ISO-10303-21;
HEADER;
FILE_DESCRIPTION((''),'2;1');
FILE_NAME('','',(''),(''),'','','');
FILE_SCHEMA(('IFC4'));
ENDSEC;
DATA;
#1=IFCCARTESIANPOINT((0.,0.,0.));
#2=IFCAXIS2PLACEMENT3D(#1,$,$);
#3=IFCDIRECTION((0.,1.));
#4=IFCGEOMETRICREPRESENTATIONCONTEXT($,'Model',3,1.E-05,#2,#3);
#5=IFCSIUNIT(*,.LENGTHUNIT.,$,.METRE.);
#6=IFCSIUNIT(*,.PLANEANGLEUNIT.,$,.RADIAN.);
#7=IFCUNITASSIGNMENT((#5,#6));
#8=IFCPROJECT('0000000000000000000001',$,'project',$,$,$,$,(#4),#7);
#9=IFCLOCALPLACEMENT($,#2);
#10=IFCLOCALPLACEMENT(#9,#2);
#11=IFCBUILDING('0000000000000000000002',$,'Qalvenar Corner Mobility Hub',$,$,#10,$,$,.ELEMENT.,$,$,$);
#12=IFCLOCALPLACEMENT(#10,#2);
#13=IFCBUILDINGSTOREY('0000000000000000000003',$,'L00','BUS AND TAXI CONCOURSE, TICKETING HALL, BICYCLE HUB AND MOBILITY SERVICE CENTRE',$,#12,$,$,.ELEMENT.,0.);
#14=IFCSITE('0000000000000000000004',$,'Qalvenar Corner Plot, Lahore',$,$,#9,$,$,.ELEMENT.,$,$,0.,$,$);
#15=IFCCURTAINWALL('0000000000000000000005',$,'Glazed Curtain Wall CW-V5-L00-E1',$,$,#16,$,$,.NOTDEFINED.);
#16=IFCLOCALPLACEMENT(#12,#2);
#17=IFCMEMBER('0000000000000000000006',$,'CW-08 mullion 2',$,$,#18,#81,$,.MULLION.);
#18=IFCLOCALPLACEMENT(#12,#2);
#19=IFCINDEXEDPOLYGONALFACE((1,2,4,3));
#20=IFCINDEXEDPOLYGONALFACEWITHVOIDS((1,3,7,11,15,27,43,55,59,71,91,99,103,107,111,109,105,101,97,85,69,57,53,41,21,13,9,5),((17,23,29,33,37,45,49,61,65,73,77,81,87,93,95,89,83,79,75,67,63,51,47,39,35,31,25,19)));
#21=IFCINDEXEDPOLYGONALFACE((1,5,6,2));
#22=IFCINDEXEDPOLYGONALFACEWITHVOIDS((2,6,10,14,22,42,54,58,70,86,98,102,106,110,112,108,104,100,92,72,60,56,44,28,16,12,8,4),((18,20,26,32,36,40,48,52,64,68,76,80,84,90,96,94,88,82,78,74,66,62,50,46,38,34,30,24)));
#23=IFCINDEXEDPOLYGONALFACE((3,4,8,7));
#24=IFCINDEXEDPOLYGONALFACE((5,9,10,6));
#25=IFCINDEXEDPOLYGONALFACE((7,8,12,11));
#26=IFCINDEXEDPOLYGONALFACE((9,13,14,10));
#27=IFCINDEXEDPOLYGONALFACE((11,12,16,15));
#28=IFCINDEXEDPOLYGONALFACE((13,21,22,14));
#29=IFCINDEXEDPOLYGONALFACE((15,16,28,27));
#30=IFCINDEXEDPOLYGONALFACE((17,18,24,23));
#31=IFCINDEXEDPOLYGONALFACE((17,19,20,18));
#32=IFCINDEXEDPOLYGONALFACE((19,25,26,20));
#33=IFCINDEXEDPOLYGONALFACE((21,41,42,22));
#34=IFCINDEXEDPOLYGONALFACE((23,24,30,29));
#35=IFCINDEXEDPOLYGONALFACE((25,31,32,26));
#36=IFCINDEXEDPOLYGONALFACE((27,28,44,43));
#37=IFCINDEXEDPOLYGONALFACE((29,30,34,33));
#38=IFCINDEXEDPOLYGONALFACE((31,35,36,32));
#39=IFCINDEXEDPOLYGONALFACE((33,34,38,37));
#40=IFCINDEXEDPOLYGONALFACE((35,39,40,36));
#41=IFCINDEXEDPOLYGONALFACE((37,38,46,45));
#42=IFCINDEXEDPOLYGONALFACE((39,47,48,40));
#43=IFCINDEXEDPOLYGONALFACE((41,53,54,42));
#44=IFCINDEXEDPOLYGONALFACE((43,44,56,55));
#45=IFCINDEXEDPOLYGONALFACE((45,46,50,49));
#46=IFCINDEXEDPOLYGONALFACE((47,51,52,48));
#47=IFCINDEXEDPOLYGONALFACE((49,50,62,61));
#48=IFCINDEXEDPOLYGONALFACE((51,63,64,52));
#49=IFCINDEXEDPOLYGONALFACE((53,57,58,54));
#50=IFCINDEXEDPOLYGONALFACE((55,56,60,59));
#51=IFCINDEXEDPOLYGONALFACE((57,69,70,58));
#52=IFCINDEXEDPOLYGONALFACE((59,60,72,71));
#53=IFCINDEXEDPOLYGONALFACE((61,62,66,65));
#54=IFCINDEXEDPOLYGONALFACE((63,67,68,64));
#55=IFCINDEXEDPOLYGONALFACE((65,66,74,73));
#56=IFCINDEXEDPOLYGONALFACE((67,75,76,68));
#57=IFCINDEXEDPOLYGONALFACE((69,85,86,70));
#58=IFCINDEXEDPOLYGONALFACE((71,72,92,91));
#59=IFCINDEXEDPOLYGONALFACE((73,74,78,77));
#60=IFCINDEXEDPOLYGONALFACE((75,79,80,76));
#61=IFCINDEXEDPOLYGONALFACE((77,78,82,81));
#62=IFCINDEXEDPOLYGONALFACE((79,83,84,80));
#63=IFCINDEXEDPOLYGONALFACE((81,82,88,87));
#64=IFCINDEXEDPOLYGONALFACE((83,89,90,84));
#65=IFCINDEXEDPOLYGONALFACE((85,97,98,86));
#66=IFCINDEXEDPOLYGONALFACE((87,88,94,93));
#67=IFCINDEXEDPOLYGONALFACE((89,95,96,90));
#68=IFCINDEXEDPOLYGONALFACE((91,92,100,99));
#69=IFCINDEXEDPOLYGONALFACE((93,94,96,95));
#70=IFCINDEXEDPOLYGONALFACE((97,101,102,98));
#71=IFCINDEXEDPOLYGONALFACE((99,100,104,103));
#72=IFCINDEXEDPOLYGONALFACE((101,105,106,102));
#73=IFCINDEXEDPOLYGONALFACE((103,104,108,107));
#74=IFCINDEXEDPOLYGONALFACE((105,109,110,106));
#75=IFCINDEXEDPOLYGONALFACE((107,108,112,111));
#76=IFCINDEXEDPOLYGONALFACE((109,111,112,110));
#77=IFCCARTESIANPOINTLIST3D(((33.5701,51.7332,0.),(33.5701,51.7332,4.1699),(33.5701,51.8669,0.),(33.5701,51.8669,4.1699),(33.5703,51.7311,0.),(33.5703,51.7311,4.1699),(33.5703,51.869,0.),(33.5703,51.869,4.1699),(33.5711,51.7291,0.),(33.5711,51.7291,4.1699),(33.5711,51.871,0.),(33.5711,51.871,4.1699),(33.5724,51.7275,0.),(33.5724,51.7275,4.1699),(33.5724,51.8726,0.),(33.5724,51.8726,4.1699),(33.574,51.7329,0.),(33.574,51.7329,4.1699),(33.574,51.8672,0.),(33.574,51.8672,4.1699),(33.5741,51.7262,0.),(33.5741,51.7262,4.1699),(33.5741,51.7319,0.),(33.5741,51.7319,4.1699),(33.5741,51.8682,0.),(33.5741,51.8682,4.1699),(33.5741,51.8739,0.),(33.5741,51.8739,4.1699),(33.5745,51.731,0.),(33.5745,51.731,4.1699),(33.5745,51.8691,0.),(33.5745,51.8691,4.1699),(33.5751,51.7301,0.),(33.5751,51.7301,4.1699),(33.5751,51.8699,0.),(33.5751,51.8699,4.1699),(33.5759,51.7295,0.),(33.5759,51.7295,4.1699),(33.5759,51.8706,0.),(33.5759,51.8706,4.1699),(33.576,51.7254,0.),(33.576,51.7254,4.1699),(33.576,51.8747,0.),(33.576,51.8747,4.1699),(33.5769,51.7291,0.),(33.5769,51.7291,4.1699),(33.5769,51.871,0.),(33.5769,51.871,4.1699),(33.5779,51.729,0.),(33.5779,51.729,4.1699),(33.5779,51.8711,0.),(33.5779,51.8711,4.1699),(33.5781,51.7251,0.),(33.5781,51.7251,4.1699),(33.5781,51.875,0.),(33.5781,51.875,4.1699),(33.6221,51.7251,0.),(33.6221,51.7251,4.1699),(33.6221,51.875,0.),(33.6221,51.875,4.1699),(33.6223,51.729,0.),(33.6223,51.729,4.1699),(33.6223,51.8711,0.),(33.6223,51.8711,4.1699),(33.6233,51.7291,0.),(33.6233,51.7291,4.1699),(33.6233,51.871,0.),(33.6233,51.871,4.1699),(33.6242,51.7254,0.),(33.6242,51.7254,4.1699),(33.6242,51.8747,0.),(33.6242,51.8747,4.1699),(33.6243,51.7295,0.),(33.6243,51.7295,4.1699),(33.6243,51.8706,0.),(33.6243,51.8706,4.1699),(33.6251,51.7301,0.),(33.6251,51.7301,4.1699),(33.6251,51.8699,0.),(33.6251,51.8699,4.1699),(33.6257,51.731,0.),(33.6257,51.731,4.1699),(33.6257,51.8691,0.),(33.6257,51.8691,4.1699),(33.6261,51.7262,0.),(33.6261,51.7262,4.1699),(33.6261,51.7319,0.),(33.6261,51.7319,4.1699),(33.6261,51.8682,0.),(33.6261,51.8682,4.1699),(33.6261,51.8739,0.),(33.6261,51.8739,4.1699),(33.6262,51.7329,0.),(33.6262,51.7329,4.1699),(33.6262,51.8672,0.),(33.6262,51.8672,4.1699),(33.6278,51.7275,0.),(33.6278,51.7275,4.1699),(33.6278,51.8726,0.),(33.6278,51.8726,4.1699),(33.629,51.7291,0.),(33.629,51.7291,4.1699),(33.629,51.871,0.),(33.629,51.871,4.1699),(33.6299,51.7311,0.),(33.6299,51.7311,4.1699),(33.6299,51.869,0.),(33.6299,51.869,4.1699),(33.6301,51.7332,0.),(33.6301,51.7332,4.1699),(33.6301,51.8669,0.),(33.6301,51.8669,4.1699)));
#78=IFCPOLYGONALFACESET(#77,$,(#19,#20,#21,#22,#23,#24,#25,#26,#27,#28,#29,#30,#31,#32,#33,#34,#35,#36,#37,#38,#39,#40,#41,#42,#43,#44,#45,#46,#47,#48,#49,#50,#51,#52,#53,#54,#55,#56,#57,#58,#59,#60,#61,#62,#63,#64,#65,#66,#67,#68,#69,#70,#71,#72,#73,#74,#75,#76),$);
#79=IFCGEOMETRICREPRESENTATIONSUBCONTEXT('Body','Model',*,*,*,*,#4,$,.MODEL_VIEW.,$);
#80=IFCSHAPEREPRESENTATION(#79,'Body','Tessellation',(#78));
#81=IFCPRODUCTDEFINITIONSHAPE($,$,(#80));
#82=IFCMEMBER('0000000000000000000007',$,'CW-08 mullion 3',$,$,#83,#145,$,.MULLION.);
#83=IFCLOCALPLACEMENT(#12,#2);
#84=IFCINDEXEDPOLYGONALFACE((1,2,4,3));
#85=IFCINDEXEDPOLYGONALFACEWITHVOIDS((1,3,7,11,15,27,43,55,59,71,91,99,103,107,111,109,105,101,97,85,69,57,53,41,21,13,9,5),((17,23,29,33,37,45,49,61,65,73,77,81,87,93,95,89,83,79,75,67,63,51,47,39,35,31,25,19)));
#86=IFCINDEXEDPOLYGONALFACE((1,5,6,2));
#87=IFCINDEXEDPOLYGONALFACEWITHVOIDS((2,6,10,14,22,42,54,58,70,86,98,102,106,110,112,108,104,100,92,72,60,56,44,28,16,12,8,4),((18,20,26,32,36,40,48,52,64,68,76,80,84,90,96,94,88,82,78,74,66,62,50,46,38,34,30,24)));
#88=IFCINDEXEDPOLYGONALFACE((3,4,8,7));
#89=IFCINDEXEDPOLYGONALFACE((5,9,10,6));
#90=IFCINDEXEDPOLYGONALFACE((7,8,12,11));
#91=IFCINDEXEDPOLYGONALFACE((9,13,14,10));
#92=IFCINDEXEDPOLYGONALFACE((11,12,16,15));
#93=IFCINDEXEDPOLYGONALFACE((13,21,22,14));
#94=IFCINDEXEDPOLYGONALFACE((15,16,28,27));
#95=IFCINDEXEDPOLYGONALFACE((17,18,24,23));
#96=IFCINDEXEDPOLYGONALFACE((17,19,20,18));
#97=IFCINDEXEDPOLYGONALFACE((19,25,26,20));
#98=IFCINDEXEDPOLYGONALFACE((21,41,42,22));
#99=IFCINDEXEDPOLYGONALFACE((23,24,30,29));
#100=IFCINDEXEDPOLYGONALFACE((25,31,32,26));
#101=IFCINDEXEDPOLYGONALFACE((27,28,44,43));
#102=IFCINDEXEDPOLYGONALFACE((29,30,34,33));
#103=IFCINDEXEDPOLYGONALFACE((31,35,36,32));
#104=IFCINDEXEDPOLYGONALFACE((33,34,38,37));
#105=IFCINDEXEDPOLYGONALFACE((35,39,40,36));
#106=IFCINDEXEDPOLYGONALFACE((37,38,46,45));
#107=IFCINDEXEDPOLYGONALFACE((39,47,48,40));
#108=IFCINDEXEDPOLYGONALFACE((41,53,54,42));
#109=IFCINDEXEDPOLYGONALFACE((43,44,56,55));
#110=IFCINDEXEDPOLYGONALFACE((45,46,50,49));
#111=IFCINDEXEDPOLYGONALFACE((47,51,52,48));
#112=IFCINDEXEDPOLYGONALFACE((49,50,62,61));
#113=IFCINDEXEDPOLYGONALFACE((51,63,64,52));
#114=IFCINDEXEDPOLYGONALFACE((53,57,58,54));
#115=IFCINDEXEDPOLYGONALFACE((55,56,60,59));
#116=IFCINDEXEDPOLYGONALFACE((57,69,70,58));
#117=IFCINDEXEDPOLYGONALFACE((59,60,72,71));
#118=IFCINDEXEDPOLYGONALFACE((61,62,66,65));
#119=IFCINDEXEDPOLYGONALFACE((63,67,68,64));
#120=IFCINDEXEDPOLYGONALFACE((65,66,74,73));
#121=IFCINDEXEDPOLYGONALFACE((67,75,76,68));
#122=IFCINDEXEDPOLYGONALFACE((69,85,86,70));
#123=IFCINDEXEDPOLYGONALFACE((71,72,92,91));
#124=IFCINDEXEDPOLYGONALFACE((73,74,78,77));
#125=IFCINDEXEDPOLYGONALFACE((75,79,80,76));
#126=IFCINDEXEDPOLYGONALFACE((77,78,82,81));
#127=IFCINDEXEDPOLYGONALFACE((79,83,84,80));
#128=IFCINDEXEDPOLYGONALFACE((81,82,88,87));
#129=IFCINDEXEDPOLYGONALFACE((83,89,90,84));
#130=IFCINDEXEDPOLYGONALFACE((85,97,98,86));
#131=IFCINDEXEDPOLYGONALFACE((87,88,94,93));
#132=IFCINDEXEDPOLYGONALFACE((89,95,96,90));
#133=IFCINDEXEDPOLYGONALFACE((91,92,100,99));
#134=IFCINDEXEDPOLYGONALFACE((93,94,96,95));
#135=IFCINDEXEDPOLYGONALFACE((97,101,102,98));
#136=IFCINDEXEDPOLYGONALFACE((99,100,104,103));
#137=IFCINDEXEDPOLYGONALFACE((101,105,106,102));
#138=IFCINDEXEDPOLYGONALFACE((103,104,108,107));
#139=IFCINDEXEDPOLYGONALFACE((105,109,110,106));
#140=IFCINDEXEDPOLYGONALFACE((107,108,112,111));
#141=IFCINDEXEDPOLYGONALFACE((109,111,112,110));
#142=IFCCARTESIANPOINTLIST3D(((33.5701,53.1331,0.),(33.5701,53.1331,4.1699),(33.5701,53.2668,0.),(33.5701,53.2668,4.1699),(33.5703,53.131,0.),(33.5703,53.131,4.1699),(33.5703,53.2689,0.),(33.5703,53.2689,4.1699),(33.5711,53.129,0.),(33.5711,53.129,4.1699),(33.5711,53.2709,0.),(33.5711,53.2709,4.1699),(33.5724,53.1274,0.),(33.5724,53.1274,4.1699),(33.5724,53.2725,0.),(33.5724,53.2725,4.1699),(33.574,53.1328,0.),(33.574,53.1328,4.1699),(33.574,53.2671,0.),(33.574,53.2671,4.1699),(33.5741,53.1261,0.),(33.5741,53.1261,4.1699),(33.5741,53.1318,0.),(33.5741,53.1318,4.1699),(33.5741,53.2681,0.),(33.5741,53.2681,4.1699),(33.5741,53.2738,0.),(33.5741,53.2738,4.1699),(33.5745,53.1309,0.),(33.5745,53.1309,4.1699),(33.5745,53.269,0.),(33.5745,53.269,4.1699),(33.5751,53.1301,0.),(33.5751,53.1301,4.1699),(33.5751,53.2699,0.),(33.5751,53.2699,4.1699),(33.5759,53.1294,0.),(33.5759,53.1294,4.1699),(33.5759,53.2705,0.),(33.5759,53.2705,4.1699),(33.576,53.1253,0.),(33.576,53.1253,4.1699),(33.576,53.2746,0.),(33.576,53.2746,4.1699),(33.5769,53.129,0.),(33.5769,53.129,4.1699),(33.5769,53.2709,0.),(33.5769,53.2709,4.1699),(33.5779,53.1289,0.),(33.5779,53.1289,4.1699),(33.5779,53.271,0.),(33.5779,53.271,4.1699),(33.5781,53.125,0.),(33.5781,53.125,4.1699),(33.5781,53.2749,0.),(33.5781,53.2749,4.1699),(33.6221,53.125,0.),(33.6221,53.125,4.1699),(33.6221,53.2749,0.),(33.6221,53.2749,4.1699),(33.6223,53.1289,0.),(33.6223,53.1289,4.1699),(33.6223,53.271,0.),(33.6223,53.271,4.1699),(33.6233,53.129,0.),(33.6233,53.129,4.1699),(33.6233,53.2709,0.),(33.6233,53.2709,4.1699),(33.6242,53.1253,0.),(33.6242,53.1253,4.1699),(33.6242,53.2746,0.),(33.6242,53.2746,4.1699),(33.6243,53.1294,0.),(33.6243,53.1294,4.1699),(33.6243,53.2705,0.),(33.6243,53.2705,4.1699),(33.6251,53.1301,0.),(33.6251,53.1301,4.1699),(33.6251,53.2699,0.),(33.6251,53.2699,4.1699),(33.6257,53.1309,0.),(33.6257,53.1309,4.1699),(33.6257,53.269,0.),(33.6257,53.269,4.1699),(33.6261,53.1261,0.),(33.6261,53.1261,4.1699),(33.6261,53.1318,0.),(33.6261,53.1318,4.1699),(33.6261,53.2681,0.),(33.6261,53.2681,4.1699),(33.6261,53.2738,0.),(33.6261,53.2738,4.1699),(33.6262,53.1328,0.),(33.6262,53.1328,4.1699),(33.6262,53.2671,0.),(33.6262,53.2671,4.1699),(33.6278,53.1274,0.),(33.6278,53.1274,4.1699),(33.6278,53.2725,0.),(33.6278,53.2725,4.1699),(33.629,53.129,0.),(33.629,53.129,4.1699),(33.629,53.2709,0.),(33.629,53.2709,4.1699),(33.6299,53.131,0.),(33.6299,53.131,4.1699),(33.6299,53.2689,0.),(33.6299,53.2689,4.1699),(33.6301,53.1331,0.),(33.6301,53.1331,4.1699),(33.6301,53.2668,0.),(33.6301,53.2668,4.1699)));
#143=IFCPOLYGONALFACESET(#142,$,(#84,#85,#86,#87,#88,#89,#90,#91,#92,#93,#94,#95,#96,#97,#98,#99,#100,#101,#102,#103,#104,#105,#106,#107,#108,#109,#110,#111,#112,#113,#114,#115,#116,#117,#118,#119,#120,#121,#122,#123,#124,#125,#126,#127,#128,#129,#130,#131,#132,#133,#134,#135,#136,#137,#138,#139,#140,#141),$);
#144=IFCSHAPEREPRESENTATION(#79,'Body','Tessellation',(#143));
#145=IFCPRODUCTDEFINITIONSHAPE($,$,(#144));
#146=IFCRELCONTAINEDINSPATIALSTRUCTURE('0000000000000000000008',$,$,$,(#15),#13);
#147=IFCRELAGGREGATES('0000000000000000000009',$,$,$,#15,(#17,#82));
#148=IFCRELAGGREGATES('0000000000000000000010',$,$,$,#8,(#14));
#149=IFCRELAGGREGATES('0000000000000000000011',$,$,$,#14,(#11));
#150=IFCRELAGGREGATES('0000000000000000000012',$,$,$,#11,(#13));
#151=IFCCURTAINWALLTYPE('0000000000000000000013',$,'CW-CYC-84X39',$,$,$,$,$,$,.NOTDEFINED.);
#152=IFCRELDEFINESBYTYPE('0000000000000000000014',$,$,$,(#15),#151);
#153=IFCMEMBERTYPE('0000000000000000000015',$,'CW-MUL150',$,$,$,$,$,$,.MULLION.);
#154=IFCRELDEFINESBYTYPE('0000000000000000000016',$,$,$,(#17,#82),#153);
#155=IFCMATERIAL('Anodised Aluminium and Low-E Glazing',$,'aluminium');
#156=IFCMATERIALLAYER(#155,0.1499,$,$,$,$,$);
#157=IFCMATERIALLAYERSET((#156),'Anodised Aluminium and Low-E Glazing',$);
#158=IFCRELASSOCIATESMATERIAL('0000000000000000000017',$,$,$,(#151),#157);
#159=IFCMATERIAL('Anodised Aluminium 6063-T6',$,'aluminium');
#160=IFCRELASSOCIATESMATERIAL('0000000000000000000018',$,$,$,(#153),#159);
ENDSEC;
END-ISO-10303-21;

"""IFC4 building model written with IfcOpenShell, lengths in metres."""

from ifc_helpers import new_model, si_unit, direction, frame, origin, origin_2d, place, context, subcontext, project, spatial, hollow_rectangle, extrude, material, layer, layer_set, material_profile, profile_set, type_object, element, aggregate, save


model = new_model("IFC4")

# Units and contexts
model_context = context("Model", 3, precision=1e-05, world=origin(), true_north=direction((0.0, 1.0)))
body_context = subcontext(model_context, "Body", "Model", "MODEL_VIEW")
ifc_project = project(units=[si_unit("LENGTHUNIT", "METRE"), si_unit("PLANEANGLEUNIT", "RADIAN")], contexts=[model_context])

# Site, building, storey
site_placement = place(None, origin())
site = spatial("IfcSite", under=ifc_project, at=site_placement, Name="Qalvenar Corner Plot, Lahore", CompositionType="ELEMENT", RefElevation=0.0)
building_placement = place(site_placement, origin())
building = spatial("IfcBuilding", under=site, at=building_placement, Name="Qalvenar Corner Mobility Hub", CompositionType="ELEMENT")
storey_placement = place(building_placement, origin())
storey = spatial("IfcBuildingStorey", under=building, at=storey_placement, Name="L00", Description="BUS AND TAXI CONCOURSE, TICKETING HALL, BICYCLE HUB AND MOBILITY SERVICE CENTRE", CompositionType="ELEMENT", Elevation=0.0)

# Curtain wall, members
ifc_material_1 = material(Name="Anodised Aluminium and Low-E Glazing", Category="aluminium")
ifc_layer_1 = layer(ifc_material_1, 0.1499)
ifc_layer_set_1 = layer_set([ifc_layer_1], Name="Anodised Aluminium and Low-E Glazing")
curtain_wall_type = type_object("IfcCurtainWallType", Name="CW-CYC-84X39", PredefinedType="NOTDEFINED", material=ifc_layer_set_1)
curtain_wall_placement = place(storey_placement, origin())
curtain_wall = element("IfcCurtainWall", 1, at=curtain_wall_placement, inside=storey, type_object=curtain_wall_type, Name="Glazed Curtain Wall CW-V5-L00-E1", PredefinedType="NOTDEFINED")
ifc_material_2 = material(Name="Anodised Aluminium 6063-T6", Category="aluminium")
ifc_material_profile_1 = material_profile(ifc_material_2, hollow_rectangle(XDim=0.0601, YDim=0.1499, WallThickness=0.0039, InnerFilletRadius=0.0039, OuterFilletRadius=0.0081, at=origin_2d()), Name="RHS150x60x4")
ifc_profile_set_1 = profile_set([ifc_material_profile_1], Name="Anodised Aluminium 6063-T6")
member_type_1 = type_object("IfcMemberType", Name="CW-MUL150", PredefinedType="MULLION", material=ifc_profile_set_1)
member_1_placement = place(storey_placement, frame((33.6001, 51.8, 0.0), z_axis=(0.0, 0.0, 1.0), x_axis=(-1.0, 0.0, 0.0)))
member_1 = element("IfcMember", 2, at=member_1_placement, type_object=member_type_1, Name="CW-08 mullion 2", PredefinedType="MULLION", context=body_context, shape_type="SweptSolid", body=[
    extrude(hollow_rectangle(XDim=0.0601, YDim=0.1499, WallThickness=0.0039, InnerFilletRadius=0.0039, OuterFilletRadius=0.0081, at=origin_2d()), origin(), (0.0, 0.0, 1.0), 4.1699),
])
member_2_placement = place(storey_placement, frame((33.6001, 53.2, 0.0), z_axis=(0.0, 0.0, 1.0), x_axis=(-1.0, 0.0, 0.0)))
member_2 = element("IfcMember", 3, at=member_2_placement, type_object=member_type_1, Name="CW-08 mullion 3", PredefinedType="MULLION", context=body_context, shape_type="SweptSolid", body=[
    extrude(hollow_rectangle(XDim=0.0601, YDim=0.1499, WallThickness=0.0039, InnerFilletRadius=0.0039, OuterFilletRadius=0.0081, at=origin_2d()), origin(), (0.0, 0.0, 1.0), 4.1699),
])
aggregate(curtain_wall, [member_1, member_2])

save(model, "model.ifc")
